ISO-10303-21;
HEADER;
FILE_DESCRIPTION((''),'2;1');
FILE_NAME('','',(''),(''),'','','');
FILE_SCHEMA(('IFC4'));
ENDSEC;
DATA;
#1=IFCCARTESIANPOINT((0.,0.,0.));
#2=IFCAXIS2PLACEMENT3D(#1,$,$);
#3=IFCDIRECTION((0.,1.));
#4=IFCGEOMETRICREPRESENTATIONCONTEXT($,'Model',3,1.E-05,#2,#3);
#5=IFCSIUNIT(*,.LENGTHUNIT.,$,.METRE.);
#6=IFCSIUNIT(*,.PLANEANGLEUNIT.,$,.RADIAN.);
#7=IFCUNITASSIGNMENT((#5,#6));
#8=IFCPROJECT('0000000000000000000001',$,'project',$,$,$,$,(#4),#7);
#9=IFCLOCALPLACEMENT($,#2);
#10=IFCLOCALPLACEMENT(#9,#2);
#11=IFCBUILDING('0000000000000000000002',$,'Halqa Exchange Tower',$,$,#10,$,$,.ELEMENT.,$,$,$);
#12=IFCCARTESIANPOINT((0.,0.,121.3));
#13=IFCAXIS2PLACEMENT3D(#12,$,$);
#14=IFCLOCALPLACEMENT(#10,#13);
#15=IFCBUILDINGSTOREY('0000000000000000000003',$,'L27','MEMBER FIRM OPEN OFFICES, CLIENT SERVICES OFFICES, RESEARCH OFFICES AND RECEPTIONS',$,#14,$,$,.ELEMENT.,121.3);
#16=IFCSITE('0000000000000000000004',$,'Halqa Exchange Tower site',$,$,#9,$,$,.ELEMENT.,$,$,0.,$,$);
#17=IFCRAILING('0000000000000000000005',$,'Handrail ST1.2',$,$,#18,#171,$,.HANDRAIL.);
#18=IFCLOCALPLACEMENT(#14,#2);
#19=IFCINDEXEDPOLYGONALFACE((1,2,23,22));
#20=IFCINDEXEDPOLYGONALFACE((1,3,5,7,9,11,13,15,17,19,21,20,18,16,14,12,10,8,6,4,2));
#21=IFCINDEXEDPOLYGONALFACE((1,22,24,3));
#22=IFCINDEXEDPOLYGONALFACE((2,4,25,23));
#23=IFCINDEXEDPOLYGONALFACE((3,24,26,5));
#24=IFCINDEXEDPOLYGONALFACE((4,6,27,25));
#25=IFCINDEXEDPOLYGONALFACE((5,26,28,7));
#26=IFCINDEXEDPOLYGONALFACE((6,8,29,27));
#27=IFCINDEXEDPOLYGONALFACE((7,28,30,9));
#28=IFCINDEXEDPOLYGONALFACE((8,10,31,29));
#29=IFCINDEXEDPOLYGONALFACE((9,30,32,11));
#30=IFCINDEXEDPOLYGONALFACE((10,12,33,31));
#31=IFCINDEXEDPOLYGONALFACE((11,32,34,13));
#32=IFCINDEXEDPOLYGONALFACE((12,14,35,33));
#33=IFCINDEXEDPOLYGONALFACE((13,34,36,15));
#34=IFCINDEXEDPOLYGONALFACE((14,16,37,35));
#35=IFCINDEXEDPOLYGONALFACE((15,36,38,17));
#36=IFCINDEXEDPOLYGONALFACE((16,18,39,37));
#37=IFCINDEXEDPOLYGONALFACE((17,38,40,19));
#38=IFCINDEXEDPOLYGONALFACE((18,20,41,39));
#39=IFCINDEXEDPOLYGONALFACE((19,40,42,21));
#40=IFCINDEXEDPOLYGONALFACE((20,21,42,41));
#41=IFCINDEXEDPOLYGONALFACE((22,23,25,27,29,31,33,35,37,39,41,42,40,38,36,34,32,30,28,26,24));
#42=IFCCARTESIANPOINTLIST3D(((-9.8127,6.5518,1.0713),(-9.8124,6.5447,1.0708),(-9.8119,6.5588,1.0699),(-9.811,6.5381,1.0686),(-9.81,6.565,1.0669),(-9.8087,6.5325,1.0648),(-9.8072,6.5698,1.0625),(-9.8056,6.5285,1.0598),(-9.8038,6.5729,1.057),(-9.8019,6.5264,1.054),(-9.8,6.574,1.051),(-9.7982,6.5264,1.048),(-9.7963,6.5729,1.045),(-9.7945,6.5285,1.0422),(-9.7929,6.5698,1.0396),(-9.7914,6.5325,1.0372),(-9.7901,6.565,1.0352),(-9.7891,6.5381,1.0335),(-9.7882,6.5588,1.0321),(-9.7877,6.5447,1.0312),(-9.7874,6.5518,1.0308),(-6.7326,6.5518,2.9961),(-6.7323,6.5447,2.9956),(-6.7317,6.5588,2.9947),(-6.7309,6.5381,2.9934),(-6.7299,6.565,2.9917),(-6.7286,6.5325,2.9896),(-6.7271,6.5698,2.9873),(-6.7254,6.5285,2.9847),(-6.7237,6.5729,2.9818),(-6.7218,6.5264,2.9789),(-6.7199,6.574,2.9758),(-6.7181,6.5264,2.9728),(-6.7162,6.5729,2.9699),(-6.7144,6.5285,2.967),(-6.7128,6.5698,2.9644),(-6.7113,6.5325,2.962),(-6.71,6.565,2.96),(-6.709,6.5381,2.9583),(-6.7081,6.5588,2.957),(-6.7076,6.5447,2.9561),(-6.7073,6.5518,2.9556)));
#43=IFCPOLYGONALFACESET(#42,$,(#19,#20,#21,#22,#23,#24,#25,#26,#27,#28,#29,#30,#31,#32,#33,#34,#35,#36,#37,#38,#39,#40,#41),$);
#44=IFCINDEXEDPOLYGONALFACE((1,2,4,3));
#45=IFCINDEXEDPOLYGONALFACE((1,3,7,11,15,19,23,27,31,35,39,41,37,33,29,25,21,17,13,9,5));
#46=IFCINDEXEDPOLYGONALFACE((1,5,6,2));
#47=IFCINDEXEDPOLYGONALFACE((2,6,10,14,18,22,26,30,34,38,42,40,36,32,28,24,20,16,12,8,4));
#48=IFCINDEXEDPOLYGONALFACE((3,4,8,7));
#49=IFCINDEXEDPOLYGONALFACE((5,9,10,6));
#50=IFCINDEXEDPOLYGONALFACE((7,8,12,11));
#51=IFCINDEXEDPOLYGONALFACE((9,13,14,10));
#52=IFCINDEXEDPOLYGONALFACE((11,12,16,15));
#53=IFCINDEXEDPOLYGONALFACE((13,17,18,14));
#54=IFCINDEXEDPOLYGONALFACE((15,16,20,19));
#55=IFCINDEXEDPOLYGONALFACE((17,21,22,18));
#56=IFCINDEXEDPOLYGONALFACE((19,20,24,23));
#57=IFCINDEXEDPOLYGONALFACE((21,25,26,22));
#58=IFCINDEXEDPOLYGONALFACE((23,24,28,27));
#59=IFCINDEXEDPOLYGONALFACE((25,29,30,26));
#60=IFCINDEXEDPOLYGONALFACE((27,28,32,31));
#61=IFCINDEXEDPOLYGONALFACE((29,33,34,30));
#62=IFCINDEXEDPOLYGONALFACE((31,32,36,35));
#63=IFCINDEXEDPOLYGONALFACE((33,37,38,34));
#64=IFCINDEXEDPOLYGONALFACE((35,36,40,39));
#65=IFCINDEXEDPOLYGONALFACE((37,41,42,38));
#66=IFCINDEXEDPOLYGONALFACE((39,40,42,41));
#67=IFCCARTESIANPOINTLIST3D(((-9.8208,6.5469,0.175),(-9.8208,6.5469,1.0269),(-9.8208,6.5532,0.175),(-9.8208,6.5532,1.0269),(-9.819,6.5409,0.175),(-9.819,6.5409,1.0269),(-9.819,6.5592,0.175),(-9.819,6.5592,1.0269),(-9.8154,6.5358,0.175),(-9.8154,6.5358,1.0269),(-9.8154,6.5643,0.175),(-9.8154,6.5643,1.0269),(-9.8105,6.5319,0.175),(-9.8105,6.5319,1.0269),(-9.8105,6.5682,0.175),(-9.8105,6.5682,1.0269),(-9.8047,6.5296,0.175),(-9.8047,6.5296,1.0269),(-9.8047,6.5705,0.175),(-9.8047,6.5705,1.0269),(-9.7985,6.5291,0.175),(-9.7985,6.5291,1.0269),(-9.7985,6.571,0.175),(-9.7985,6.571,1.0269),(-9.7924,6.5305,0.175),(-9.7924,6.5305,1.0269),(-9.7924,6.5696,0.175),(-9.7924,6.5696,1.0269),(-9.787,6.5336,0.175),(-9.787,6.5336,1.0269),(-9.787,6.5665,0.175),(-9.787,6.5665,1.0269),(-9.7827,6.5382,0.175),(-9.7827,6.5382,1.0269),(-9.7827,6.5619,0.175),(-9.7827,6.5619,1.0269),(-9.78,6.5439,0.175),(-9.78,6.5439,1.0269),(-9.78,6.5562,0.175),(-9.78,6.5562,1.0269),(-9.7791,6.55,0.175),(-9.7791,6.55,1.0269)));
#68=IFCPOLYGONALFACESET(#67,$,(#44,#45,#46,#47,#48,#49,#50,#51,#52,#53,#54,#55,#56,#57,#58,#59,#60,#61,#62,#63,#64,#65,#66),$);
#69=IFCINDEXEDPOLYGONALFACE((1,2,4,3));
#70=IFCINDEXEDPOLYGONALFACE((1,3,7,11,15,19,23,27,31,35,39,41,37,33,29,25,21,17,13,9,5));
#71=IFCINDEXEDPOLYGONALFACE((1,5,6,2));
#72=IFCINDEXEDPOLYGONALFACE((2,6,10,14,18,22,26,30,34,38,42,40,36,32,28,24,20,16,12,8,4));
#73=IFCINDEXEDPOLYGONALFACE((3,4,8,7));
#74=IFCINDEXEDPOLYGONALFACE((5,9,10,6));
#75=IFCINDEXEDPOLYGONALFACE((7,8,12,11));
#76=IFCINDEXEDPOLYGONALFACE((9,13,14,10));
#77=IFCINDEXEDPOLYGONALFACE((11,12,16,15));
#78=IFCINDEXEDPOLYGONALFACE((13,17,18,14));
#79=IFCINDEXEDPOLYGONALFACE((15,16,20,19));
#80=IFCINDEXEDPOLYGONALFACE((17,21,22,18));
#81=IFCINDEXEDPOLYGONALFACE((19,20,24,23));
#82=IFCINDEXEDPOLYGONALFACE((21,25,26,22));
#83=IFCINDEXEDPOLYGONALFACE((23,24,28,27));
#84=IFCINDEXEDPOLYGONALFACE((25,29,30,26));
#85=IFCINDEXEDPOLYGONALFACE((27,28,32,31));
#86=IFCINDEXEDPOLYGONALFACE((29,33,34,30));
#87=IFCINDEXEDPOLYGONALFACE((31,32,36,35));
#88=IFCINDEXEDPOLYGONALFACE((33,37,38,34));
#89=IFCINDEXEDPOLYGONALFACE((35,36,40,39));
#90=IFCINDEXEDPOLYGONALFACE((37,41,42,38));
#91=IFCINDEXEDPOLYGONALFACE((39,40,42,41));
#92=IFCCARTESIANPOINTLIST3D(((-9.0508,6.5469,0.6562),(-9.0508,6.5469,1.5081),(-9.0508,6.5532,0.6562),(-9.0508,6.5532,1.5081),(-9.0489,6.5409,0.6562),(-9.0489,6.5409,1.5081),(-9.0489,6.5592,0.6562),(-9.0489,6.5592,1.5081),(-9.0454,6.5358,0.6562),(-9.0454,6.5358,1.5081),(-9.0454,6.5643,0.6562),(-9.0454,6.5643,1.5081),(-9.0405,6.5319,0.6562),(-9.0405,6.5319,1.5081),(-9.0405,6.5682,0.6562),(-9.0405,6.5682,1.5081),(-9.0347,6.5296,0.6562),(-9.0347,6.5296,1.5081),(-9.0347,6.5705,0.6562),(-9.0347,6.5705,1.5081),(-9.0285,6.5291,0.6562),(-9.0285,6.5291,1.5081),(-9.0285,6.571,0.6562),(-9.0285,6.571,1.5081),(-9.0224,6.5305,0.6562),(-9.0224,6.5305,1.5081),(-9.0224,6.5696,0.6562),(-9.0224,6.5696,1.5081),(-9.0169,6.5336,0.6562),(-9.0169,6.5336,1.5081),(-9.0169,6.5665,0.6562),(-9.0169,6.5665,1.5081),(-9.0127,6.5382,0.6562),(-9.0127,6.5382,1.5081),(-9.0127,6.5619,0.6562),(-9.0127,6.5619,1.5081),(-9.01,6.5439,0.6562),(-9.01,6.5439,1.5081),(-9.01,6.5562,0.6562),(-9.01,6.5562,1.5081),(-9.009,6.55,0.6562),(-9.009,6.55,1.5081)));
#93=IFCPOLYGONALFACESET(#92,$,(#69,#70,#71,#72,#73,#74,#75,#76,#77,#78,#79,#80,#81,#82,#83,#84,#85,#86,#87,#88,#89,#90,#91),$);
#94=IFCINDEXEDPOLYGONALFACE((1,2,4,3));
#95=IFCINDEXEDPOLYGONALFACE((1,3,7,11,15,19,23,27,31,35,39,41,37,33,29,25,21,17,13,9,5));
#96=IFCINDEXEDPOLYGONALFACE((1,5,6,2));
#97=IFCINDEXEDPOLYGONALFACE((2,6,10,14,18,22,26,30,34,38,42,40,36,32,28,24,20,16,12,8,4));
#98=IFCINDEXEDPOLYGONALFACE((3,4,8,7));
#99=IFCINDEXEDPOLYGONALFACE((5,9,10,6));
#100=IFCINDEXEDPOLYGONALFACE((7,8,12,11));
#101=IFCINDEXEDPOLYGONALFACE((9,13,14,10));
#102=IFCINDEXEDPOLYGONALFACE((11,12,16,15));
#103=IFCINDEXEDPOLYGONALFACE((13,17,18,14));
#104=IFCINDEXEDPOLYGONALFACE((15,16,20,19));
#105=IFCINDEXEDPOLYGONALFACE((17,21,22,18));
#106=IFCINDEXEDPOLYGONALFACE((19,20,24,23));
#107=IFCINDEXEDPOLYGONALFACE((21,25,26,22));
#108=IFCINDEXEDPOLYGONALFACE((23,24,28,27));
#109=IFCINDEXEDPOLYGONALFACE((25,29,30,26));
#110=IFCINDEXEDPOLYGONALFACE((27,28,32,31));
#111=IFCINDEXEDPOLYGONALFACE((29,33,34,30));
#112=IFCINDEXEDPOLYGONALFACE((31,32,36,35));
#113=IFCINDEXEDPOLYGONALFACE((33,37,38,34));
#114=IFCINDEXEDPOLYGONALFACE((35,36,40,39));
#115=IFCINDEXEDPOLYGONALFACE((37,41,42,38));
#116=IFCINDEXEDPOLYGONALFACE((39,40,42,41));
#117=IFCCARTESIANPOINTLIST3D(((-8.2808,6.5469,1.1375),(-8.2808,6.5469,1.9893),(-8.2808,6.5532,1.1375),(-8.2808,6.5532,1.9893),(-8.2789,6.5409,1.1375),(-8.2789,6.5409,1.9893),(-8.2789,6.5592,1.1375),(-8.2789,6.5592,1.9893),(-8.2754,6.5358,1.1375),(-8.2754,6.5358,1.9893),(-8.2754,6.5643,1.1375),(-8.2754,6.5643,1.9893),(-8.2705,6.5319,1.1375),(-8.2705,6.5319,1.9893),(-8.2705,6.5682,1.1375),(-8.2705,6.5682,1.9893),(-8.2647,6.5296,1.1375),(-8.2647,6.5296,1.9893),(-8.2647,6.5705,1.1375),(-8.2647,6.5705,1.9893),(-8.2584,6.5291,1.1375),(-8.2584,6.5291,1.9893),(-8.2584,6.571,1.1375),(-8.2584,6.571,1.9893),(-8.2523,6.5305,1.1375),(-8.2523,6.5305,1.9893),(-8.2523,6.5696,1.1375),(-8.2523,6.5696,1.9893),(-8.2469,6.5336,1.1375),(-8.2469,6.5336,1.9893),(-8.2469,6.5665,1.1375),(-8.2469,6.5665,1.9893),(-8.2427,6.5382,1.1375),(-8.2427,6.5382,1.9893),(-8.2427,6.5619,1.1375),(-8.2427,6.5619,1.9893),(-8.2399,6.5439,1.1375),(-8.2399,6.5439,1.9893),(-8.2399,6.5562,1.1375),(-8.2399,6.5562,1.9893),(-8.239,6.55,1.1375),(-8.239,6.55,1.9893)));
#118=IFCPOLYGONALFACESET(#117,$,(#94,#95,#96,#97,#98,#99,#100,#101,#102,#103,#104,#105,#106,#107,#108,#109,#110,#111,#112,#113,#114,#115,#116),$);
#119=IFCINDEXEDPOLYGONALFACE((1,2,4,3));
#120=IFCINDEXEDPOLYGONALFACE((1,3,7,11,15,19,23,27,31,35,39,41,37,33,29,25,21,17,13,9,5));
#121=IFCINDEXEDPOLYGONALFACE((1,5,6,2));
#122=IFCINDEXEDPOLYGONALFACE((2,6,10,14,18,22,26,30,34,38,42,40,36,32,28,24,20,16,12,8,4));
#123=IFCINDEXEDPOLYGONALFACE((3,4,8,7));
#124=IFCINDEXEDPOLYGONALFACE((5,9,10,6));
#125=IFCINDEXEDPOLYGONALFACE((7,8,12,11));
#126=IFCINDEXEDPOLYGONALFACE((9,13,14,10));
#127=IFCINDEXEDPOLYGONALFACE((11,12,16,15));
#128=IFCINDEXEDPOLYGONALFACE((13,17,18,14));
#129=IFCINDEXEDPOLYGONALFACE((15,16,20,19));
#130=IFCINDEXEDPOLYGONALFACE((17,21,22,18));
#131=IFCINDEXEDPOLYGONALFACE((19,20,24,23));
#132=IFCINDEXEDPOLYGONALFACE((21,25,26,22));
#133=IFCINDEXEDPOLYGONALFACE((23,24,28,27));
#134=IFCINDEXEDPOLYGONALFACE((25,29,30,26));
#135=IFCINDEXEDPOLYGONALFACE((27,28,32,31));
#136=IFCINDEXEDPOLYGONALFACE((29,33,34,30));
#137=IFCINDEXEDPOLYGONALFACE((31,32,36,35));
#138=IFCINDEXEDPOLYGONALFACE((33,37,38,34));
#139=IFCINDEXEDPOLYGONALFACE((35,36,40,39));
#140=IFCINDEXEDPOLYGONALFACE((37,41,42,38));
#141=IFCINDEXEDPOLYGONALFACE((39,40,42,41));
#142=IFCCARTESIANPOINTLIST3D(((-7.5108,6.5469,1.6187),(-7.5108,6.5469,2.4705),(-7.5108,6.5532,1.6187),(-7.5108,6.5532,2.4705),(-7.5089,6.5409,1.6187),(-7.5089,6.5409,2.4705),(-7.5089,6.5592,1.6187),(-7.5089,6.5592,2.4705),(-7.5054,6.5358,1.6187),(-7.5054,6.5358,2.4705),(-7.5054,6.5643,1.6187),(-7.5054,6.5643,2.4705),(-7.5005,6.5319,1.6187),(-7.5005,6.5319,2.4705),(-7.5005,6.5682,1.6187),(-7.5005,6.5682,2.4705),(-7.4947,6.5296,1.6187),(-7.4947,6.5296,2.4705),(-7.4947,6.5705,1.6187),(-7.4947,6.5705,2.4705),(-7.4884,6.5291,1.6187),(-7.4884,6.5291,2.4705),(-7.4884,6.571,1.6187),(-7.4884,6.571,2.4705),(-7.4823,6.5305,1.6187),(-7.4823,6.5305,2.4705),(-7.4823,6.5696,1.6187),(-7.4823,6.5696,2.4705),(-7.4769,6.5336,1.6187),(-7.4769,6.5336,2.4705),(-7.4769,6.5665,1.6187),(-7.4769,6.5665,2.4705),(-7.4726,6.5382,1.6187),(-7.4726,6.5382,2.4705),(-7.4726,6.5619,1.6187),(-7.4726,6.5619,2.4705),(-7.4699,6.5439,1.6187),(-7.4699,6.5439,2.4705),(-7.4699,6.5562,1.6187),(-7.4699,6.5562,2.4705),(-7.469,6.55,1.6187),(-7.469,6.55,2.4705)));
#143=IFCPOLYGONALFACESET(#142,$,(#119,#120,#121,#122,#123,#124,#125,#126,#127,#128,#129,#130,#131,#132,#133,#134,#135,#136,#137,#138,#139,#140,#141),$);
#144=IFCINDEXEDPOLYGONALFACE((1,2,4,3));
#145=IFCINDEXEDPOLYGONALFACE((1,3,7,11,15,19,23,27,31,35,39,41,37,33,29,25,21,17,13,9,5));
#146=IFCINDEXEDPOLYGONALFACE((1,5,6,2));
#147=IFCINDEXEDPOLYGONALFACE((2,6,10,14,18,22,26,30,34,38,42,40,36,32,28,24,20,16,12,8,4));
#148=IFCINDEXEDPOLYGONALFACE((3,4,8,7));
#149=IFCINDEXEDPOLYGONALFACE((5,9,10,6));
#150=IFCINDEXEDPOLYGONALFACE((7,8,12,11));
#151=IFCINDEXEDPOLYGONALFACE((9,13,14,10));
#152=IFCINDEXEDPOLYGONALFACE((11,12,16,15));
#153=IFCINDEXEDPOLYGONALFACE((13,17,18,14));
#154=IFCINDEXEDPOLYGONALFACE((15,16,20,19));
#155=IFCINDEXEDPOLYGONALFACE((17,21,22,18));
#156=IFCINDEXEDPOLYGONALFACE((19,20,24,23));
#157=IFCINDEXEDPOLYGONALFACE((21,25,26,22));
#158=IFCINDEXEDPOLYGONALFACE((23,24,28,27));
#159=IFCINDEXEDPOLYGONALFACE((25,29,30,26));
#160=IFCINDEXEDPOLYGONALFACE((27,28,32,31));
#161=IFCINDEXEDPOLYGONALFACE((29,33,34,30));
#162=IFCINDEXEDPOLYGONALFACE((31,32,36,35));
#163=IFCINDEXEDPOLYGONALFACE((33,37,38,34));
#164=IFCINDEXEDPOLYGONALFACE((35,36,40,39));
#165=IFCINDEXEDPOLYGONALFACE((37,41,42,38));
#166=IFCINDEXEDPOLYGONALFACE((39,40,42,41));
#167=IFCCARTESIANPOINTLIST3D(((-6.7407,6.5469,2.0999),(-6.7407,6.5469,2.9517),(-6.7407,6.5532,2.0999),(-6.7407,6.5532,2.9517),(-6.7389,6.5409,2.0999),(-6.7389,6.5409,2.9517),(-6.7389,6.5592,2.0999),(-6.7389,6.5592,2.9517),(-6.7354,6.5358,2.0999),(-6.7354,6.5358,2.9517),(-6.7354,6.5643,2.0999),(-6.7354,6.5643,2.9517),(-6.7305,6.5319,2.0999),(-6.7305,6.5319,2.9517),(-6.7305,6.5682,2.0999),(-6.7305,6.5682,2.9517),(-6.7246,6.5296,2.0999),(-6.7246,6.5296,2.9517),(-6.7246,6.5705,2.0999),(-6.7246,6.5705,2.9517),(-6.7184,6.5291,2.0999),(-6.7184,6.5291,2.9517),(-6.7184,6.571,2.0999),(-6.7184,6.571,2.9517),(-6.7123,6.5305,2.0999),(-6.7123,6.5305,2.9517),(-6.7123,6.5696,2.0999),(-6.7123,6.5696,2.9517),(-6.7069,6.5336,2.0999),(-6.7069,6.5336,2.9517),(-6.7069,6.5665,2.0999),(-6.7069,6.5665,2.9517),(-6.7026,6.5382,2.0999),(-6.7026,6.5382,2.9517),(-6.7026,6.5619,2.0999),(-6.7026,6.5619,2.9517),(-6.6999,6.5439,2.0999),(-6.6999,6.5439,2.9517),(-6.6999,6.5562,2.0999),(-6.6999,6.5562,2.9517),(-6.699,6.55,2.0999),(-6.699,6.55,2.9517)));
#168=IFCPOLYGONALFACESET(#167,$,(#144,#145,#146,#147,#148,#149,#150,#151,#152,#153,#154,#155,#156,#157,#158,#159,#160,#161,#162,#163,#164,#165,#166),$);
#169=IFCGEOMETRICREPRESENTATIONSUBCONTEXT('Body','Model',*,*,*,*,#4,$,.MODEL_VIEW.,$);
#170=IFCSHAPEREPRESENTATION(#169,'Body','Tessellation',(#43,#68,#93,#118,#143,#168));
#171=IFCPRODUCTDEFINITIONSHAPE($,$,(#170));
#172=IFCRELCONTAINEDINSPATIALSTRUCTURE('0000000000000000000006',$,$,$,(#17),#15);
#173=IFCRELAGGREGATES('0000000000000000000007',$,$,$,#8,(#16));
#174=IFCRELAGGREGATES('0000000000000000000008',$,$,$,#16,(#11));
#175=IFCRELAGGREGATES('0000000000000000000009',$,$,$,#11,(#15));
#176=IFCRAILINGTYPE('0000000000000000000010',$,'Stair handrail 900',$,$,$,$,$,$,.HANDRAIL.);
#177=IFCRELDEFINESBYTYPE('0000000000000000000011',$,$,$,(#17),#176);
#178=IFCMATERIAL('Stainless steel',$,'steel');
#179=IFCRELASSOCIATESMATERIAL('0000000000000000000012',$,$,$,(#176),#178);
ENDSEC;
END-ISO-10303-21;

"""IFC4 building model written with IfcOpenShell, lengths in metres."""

from ifc_helpers import new_model, si_unit, direction, frame, origin, origin_2d, place, context, subcontext, project, spatial, circle, extrude, material, type_object, element, save


model = new_model("IFC4")

# Units and contexts
model_context = context("Model", 3, precision=1e-05, world=origin(), true_north=direction((0.0, 1.0)))
body_context = subcontext(model_context, "Body", "Model", "MODEL_VIEW")
ifc_project = project(units=[si_unit("LENGTHUNIT", "METRE"), si_unit("PLANEANGLEUNIT", "RADIAN")], contexts=[model_context])

# Site, building, storey
site_placement = place(None, origin())
site = spatial("IfcSite", under=ifc_project, at=site_placement, Name="Halqa Exchange Tower site", CompositionType="ELEMENT", RefElevation=0.0)
building_placement = place(site_placement, origin())
building = spatial("IfcBuilding", under=site, at=building_placement, Name="Halqa Exchange Tower", CompositionType="ELEMENT")
storey_placement = place(building_placement, frame((0.0, 0.0, 121.3)))
storey = spatial("IfcBuildingStorey", under=building, at=storey_placement, Name="L27", Description="MEMBER FIRM OPEN OFFICES, CLIENT SERVICES OFFICES, RESEARCH OFFICES AND RECEPTIONS", CompositionType="ELEMENT", Elevation=121.3)

# Shared definitions
ifc_material_1 = material(Name="Stainless steel", Category="steel")

# Railing
railing_type_1 = type_object("IfcRailingType", Name="Stair handrail 900", PredefinedType="HANDRAIL", material=ifc_material_1)
railing_1_placement = place(storey_placement, frame((-9.8, 6.55, 0.175)))
element("IfcRailing", 1, at=railing_1_placement, inside=storey, type_object=railing_type_1, Name="Handrail ST1.2", PredefinedType="HANDRAIL", context=body_context, shape_type="SweptSolid", body=[
    extrude(circle(Radius=0.0239, at=origin_2d()), frame((0.0, 0.0, 0.876), z_axis=(0.848029, 0.0, 0.529951), x_axis=(0.0, 1.0, 0.0)), (0.0, 0.0, 1.0), 3.6321),
    extrude(circle(Radius=0.021, at=origin_2d()), origin(), (0.0, 0.0, 1.0), 0.8518),
    extrude(circle(Radius=0.021, at=origin_2d()), frame((0.77, 0.0, 0.4812)), (0.0, 0.0, 1.0), 0.8518),
    extrude(circle(Radius=0.021, at=origin_2d()), frame((1.54, 0.0, 0.9624)), (0.0, 0.0, 1.0), 0.8518),
    extrude(circle(Radius=0.021, at=origin_2d()), frame((2.3101, 0.0, 1.4436)), (0.0, 0.0, 1.0), 0.8518),
    extrude(circle(Radius=0.021, at=origin_2d()), frame((3.0801, 0.0, 1.9248)), (0.0, 0.0, 1.0), 0.8518),
])

save(model, "model.ifc")
